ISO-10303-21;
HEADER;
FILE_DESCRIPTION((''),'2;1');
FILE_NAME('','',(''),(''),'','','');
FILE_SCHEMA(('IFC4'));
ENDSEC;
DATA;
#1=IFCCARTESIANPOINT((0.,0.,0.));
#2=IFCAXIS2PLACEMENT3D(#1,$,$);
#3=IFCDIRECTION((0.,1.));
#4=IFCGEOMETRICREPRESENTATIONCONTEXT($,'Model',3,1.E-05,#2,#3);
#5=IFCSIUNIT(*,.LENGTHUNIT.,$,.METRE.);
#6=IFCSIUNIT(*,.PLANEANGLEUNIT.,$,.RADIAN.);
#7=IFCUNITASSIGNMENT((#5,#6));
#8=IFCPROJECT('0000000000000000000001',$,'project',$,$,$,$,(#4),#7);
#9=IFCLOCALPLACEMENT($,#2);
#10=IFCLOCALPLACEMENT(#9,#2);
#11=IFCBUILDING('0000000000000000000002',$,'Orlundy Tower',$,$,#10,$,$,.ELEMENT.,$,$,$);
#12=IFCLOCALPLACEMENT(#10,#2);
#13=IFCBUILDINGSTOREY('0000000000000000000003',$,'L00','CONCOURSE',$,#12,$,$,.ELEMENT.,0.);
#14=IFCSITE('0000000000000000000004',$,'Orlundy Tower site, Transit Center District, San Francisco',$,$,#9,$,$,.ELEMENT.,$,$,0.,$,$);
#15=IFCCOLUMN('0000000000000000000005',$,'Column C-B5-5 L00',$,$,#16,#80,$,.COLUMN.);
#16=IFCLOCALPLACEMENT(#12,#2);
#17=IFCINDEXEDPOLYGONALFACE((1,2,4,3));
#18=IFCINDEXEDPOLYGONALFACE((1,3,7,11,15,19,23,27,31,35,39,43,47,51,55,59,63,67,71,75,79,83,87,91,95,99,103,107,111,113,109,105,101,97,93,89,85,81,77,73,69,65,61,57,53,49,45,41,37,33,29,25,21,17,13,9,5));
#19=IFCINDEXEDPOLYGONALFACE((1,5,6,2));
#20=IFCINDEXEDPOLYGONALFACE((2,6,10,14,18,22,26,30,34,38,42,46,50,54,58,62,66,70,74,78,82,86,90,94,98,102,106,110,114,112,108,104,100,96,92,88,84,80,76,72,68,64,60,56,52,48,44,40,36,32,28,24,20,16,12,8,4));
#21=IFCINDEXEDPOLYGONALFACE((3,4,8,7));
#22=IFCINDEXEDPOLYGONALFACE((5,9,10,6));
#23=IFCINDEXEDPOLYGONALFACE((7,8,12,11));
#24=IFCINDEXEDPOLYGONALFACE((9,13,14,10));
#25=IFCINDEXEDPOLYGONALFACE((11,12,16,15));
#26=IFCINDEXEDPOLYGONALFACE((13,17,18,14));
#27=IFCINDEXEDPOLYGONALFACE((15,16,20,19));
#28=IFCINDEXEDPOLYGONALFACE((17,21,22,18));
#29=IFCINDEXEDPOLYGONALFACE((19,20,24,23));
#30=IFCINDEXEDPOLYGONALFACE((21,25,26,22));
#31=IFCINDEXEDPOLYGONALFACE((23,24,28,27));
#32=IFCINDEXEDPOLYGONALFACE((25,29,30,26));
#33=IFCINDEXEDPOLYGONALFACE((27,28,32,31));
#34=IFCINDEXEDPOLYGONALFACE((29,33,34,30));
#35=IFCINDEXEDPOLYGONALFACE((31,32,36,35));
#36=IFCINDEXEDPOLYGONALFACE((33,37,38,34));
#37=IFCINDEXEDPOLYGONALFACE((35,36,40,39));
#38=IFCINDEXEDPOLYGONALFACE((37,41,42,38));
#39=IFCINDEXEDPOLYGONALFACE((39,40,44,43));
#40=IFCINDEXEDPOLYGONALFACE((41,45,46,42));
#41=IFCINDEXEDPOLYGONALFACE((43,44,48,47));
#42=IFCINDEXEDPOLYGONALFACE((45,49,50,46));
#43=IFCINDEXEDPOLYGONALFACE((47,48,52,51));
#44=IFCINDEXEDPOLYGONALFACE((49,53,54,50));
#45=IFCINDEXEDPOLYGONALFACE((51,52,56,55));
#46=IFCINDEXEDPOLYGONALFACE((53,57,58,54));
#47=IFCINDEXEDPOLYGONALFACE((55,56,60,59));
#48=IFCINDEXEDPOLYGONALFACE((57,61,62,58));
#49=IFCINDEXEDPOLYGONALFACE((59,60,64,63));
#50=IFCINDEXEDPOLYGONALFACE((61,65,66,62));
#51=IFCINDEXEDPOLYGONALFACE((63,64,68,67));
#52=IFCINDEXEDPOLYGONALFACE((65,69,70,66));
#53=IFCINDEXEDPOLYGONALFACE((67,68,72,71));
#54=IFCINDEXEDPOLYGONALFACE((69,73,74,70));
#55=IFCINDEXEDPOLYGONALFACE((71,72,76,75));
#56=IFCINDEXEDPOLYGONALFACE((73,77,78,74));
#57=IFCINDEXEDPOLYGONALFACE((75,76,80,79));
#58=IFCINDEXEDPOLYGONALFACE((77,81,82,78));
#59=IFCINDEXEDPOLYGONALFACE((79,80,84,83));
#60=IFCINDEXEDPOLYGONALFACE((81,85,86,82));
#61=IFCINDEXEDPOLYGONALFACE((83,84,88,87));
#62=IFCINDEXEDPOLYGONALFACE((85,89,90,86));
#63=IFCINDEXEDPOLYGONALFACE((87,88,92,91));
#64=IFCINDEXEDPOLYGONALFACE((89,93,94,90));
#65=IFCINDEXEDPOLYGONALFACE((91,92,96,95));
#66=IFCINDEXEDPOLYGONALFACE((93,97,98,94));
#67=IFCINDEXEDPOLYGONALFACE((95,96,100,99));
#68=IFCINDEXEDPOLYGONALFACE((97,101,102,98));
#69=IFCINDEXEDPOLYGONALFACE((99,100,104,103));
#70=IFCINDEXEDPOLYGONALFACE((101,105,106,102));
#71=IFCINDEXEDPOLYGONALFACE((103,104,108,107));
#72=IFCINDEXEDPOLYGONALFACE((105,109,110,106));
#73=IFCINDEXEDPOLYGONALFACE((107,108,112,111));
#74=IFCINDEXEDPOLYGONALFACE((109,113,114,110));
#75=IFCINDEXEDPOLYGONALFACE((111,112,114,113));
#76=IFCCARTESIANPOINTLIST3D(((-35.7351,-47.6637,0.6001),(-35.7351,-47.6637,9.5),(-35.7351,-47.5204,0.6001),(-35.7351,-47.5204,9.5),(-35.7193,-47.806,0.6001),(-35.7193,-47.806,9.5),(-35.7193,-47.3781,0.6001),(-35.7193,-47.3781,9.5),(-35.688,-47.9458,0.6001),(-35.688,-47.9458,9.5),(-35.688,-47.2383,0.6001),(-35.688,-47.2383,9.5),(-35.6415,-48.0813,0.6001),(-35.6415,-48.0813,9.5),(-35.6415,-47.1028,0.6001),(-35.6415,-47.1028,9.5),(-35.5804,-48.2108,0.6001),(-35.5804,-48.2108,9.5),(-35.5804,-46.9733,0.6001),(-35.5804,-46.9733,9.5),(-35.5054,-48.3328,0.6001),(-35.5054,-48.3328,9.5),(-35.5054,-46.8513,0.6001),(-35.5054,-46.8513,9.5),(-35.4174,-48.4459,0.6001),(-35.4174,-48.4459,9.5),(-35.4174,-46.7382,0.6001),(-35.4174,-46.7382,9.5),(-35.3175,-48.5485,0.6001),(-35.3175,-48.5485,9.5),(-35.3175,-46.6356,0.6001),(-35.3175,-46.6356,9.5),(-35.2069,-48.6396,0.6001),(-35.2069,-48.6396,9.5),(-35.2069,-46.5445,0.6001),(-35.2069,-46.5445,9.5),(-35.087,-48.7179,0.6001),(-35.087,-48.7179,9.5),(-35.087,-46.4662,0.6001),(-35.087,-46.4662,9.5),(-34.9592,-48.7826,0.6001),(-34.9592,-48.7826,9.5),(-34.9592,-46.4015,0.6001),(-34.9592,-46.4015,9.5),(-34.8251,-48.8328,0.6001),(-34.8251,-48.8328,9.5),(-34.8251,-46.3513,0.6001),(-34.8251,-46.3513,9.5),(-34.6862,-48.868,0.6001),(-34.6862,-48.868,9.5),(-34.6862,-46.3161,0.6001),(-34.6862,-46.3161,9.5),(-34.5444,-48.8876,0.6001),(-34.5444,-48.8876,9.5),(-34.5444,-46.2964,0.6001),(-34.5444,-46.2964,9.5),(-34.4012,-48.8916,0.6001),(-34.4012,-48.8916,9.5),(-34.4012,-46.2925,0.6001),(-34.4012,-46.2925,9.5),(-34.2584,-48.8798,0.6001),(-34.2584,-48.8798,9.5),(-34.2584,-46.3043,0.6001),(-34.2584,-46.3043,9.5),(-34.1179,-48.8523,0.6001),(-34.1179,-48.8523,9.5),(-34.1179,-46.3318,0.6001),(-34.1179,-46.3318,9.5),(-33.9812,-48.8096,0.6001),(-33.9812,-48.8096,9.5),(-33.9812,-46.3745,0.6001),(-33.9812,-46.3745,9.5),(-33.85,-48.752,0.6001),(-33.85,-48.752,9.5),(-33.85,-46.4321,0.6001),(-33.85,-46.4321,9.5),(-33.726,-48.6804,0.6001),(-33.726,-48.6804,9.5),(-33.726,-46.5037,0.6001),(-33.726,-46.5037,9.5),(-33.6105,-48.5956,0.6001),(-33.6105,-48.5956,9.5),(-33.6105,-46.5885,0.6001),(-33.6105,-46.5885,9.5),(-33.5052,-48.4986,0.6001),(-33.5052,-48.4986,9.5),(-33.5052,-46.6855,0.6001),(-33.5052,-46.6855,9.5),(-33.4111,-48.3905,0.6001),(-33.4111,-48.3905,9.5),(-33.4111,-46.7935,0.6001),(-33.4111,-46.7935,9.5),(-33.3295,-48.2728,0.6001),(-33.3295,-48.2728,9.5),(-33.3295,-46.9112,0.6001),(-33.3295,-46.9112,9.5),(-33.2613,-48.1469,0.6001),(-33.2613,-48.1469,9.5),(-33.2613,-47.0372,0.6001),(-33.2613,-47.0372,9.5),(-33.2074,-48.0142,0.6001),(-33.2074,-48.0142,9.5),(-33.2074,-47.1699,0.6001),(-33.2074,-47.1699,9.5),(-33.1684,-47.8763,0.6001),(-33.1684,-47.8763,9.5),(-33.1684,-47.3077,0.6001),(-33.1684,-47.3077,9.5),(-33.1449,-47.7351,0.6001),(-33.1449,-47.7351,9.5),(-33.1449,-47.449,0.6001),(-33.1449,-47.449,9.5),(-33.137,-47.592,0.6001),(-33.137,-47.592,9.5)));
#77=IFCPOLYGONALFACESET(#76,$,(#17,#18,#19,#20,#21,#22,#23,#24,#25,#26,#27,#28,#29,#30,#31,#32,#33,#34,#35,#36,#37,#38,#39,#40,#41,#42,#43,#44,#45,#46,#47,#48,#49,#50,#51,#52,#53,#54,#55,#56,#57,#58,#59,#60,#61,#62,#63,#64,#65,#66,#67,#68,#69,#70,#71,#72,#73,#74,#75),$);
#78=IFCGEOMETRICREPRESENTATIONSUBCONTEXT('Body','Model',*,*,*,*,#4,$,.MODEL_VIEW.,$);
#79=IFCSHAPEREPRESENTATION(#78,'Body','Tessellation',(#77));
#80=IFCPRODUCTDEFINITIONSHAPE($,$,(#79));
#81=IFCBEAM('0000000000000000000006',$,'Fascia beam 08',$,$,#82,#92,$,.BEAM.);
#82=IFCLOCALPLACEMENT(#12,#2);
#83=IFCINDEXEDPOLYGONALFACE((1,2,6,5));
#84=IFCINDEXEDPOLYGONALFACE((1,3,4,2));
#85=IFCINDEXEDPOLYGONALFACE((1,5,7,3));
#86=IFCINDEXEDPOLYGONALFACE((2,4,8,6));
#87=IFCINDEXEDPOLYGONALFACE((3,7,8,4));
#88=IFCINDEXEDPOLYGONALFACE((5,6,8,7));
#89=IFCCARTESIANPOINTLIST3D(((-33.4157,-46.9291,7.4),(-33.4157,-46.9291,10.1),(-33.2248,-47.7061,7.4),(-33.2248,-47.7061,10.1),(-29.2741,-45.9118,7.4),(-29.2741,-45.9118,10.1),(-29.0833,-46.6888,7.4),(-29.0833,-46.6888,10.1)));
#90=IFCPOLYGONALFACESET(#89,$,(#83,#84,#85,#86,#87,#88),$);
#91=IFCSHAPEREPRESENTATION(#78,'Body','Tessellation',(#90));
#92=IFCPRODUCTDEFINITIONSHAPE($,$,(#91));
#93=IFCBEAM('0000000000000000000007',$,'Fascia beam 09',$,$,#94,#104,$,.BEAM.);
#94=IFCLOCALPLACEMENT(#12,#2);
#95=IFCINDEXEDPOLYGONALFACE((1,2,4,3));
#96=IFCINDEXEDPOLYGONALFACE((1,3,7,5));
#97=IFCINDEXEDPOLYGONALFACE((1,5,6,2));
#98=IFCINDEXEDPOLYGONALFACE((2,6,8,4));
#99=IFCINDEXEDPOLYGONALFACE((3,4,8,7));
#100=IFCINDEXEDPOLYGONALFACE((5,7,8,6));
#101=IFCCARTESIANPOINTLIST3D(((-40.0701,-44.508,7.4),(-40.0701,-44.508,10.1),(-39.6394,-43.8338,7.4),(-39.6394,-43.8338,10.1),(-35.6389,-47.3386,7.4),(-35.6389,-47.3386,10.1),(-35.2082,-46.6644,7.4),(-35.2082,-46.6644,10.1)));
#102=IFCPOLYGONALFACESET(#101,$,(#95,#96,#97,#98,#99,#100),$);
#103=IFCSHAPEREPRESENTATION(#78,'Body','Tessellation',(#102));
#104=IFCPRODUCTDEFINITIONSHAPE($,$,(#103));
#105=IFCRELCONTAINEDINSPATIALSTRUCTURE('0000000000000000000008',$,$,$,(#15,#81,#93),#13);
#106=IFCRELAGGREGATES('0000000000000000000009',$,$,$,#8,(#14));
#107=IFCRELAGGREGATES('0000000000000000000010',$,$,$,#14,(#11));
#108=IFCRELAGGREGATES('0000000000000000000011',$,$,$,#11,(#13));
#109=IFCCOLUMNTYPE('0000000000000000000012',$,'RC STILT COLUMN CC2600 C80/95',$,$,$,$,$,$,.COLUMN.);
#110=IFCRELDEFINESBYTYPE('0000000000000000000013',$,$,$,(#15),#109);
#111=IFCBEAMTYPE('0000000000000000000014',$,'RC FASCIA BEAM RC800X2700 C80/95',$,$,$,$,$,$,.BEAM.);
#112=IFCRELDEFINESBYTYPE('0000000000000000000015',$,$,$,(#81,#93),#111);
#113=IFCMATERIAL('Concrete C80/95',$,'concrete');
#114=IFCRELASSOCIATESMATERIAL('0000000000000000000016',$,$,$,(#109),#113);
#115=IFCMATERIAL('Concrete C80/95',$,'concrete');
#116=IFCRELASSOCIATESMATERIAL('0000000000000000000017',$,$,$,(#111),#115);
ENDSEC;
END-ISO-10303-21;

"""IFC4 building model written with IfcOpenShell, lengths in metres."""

from ifc_helpers import new_model, si_unit, direction, frame, origin, origin_2d, place, context, subcontext, project, spatial, rectangle, circle, extrude, material, material_profile, profile_set, type_object, element, save


model = new_model("IFC4")

# Units and contexts
model_context = context("Model", 3, precision=1e-05, world=origin(), true_north=direction((0.0, 1.0)))
body_context = subcontext(model_context, "Body", "Model", "MODEL_VIEW")
ifc_project = project(units=[si_unit("LENGTHUNIT", "METRE"), si_unit("PLANEANGLEUNIT", "RADIAN")], contexts=[model_context])

# Site, building, storey
site_placement = place(None, origin())
site = spatial("IfcSite", under=ifc_project, at=site_placement, Name="Orlundy Tower site, Transit Center District, San Francisco", CompositionType="ELEMENT", RefElevation=0.0)
building_placement = place(site_placement, origin())
building = spatial("IfcBuilding", under=site, at=building_placement, Name="Orlundy Tower", CompositionType="ELEMENT")
storey_placement = place(building_placement, origin())
storey = spatial("IfcBuildingStorey", under=building, at=storey_placement, Name="L00", Description="CONCOURSE", CompositionType="ELEMENT", Elevation=0.0)

# Column
ifc_material_1 = material(Name="Concrete C80/95", Category="concrete")
ifc_material_profile_1 = material_profile(ifc_material_1, circle(Radius=1.3, at=origin_2d()), Name="CC2600")
ifc_profile_set_1 = profile_set([ifc_material_profile_1], Name="Concrete C80/95")
column_type = type_object("IfcColumnType", Name="RC STILT COLUMN CC2600 C80/95", PredefinedType="COLUMN", material=ifc_profile_set_1)
for number, where, z_axis, x_axis, name in (
    (1, (-34.437, -47.592, 0.6001), (0.0, 0.0, 1.0), (1.0, 0.0, 0.0), "Column C-B5-5 L00"),
):
    element("IfcColumn", number, at=place(storey_placement, frame(where, z_axis=z_axis, x_axis=x_axis)), inside=storey, type_object=column_type, Name=name, PredefinedType="COLUMN", context=body_context, shape_type="SweptSolid", body=[
        extrude(circle(Radius=1.3, at=origin_2d()), origin(), (0.0, 0.0, 1.0), 8.8999),
    ])

# Beams
ifc_material_2 = material(Name="Concrete C80/95", Category="concrete")
ifc_material_profile_2 = material_profile(ifc_material_2, rectangle(XDim=0.8, YDim=2.7, at=origin_2d()), Name="RC800X2700")
ifc_profile_set_2 = profile_set([ifc_material_profile_2], Name="Concrete C80/95")
beam_type = type_object("IfcBeamType", Name="RC FASCIA BEAM RC800X2700 C80/95", PredefinedType="BEAM", material=ifc_profile_set_2)
beam_1_placement = place(storey_placement, frame((-29.1787, -46.3003, 8.75), z_axis=(-0.971131, -0.238547, 0.0), x_axis=(0.238547, -0.971131, 0.0)))
element("IfcBeam", 2, at=beam_1_placement, inside=storey, type_object=beam_type, Name="Fascia beam 08", PredefinedType="BEAM", context=body_context, shape_type="SweptSolid", body=[
    extrude(rectangle(XDim=0.8, YDim=2.7, at=origin_2d()), origin(), (0.0, 0.0, 1.0), 4.2646),
])
beam_2_placement = place(storey_placement, frame((-35.4236, -47.0015, 8.75), z_axis=(-0.842735, 0.538329, 0.0), x_axis=(-0.538329, -0.842735, 0.0)))
element("IfcBeam", 3, at=beam_2_placement, inside=storey, type_object=beam_type, Name="Fascia beam 09", PredefinedType="BEAM", context=body_context, shape_type="SweptSolid", body=[
    extrude(rectangle(XDim=0.8, YDim=2.7, at=origin_2d()), origin(), (0.0, 0.0, 1.0), 5.2581),
])

save(model, "model.ifc")
